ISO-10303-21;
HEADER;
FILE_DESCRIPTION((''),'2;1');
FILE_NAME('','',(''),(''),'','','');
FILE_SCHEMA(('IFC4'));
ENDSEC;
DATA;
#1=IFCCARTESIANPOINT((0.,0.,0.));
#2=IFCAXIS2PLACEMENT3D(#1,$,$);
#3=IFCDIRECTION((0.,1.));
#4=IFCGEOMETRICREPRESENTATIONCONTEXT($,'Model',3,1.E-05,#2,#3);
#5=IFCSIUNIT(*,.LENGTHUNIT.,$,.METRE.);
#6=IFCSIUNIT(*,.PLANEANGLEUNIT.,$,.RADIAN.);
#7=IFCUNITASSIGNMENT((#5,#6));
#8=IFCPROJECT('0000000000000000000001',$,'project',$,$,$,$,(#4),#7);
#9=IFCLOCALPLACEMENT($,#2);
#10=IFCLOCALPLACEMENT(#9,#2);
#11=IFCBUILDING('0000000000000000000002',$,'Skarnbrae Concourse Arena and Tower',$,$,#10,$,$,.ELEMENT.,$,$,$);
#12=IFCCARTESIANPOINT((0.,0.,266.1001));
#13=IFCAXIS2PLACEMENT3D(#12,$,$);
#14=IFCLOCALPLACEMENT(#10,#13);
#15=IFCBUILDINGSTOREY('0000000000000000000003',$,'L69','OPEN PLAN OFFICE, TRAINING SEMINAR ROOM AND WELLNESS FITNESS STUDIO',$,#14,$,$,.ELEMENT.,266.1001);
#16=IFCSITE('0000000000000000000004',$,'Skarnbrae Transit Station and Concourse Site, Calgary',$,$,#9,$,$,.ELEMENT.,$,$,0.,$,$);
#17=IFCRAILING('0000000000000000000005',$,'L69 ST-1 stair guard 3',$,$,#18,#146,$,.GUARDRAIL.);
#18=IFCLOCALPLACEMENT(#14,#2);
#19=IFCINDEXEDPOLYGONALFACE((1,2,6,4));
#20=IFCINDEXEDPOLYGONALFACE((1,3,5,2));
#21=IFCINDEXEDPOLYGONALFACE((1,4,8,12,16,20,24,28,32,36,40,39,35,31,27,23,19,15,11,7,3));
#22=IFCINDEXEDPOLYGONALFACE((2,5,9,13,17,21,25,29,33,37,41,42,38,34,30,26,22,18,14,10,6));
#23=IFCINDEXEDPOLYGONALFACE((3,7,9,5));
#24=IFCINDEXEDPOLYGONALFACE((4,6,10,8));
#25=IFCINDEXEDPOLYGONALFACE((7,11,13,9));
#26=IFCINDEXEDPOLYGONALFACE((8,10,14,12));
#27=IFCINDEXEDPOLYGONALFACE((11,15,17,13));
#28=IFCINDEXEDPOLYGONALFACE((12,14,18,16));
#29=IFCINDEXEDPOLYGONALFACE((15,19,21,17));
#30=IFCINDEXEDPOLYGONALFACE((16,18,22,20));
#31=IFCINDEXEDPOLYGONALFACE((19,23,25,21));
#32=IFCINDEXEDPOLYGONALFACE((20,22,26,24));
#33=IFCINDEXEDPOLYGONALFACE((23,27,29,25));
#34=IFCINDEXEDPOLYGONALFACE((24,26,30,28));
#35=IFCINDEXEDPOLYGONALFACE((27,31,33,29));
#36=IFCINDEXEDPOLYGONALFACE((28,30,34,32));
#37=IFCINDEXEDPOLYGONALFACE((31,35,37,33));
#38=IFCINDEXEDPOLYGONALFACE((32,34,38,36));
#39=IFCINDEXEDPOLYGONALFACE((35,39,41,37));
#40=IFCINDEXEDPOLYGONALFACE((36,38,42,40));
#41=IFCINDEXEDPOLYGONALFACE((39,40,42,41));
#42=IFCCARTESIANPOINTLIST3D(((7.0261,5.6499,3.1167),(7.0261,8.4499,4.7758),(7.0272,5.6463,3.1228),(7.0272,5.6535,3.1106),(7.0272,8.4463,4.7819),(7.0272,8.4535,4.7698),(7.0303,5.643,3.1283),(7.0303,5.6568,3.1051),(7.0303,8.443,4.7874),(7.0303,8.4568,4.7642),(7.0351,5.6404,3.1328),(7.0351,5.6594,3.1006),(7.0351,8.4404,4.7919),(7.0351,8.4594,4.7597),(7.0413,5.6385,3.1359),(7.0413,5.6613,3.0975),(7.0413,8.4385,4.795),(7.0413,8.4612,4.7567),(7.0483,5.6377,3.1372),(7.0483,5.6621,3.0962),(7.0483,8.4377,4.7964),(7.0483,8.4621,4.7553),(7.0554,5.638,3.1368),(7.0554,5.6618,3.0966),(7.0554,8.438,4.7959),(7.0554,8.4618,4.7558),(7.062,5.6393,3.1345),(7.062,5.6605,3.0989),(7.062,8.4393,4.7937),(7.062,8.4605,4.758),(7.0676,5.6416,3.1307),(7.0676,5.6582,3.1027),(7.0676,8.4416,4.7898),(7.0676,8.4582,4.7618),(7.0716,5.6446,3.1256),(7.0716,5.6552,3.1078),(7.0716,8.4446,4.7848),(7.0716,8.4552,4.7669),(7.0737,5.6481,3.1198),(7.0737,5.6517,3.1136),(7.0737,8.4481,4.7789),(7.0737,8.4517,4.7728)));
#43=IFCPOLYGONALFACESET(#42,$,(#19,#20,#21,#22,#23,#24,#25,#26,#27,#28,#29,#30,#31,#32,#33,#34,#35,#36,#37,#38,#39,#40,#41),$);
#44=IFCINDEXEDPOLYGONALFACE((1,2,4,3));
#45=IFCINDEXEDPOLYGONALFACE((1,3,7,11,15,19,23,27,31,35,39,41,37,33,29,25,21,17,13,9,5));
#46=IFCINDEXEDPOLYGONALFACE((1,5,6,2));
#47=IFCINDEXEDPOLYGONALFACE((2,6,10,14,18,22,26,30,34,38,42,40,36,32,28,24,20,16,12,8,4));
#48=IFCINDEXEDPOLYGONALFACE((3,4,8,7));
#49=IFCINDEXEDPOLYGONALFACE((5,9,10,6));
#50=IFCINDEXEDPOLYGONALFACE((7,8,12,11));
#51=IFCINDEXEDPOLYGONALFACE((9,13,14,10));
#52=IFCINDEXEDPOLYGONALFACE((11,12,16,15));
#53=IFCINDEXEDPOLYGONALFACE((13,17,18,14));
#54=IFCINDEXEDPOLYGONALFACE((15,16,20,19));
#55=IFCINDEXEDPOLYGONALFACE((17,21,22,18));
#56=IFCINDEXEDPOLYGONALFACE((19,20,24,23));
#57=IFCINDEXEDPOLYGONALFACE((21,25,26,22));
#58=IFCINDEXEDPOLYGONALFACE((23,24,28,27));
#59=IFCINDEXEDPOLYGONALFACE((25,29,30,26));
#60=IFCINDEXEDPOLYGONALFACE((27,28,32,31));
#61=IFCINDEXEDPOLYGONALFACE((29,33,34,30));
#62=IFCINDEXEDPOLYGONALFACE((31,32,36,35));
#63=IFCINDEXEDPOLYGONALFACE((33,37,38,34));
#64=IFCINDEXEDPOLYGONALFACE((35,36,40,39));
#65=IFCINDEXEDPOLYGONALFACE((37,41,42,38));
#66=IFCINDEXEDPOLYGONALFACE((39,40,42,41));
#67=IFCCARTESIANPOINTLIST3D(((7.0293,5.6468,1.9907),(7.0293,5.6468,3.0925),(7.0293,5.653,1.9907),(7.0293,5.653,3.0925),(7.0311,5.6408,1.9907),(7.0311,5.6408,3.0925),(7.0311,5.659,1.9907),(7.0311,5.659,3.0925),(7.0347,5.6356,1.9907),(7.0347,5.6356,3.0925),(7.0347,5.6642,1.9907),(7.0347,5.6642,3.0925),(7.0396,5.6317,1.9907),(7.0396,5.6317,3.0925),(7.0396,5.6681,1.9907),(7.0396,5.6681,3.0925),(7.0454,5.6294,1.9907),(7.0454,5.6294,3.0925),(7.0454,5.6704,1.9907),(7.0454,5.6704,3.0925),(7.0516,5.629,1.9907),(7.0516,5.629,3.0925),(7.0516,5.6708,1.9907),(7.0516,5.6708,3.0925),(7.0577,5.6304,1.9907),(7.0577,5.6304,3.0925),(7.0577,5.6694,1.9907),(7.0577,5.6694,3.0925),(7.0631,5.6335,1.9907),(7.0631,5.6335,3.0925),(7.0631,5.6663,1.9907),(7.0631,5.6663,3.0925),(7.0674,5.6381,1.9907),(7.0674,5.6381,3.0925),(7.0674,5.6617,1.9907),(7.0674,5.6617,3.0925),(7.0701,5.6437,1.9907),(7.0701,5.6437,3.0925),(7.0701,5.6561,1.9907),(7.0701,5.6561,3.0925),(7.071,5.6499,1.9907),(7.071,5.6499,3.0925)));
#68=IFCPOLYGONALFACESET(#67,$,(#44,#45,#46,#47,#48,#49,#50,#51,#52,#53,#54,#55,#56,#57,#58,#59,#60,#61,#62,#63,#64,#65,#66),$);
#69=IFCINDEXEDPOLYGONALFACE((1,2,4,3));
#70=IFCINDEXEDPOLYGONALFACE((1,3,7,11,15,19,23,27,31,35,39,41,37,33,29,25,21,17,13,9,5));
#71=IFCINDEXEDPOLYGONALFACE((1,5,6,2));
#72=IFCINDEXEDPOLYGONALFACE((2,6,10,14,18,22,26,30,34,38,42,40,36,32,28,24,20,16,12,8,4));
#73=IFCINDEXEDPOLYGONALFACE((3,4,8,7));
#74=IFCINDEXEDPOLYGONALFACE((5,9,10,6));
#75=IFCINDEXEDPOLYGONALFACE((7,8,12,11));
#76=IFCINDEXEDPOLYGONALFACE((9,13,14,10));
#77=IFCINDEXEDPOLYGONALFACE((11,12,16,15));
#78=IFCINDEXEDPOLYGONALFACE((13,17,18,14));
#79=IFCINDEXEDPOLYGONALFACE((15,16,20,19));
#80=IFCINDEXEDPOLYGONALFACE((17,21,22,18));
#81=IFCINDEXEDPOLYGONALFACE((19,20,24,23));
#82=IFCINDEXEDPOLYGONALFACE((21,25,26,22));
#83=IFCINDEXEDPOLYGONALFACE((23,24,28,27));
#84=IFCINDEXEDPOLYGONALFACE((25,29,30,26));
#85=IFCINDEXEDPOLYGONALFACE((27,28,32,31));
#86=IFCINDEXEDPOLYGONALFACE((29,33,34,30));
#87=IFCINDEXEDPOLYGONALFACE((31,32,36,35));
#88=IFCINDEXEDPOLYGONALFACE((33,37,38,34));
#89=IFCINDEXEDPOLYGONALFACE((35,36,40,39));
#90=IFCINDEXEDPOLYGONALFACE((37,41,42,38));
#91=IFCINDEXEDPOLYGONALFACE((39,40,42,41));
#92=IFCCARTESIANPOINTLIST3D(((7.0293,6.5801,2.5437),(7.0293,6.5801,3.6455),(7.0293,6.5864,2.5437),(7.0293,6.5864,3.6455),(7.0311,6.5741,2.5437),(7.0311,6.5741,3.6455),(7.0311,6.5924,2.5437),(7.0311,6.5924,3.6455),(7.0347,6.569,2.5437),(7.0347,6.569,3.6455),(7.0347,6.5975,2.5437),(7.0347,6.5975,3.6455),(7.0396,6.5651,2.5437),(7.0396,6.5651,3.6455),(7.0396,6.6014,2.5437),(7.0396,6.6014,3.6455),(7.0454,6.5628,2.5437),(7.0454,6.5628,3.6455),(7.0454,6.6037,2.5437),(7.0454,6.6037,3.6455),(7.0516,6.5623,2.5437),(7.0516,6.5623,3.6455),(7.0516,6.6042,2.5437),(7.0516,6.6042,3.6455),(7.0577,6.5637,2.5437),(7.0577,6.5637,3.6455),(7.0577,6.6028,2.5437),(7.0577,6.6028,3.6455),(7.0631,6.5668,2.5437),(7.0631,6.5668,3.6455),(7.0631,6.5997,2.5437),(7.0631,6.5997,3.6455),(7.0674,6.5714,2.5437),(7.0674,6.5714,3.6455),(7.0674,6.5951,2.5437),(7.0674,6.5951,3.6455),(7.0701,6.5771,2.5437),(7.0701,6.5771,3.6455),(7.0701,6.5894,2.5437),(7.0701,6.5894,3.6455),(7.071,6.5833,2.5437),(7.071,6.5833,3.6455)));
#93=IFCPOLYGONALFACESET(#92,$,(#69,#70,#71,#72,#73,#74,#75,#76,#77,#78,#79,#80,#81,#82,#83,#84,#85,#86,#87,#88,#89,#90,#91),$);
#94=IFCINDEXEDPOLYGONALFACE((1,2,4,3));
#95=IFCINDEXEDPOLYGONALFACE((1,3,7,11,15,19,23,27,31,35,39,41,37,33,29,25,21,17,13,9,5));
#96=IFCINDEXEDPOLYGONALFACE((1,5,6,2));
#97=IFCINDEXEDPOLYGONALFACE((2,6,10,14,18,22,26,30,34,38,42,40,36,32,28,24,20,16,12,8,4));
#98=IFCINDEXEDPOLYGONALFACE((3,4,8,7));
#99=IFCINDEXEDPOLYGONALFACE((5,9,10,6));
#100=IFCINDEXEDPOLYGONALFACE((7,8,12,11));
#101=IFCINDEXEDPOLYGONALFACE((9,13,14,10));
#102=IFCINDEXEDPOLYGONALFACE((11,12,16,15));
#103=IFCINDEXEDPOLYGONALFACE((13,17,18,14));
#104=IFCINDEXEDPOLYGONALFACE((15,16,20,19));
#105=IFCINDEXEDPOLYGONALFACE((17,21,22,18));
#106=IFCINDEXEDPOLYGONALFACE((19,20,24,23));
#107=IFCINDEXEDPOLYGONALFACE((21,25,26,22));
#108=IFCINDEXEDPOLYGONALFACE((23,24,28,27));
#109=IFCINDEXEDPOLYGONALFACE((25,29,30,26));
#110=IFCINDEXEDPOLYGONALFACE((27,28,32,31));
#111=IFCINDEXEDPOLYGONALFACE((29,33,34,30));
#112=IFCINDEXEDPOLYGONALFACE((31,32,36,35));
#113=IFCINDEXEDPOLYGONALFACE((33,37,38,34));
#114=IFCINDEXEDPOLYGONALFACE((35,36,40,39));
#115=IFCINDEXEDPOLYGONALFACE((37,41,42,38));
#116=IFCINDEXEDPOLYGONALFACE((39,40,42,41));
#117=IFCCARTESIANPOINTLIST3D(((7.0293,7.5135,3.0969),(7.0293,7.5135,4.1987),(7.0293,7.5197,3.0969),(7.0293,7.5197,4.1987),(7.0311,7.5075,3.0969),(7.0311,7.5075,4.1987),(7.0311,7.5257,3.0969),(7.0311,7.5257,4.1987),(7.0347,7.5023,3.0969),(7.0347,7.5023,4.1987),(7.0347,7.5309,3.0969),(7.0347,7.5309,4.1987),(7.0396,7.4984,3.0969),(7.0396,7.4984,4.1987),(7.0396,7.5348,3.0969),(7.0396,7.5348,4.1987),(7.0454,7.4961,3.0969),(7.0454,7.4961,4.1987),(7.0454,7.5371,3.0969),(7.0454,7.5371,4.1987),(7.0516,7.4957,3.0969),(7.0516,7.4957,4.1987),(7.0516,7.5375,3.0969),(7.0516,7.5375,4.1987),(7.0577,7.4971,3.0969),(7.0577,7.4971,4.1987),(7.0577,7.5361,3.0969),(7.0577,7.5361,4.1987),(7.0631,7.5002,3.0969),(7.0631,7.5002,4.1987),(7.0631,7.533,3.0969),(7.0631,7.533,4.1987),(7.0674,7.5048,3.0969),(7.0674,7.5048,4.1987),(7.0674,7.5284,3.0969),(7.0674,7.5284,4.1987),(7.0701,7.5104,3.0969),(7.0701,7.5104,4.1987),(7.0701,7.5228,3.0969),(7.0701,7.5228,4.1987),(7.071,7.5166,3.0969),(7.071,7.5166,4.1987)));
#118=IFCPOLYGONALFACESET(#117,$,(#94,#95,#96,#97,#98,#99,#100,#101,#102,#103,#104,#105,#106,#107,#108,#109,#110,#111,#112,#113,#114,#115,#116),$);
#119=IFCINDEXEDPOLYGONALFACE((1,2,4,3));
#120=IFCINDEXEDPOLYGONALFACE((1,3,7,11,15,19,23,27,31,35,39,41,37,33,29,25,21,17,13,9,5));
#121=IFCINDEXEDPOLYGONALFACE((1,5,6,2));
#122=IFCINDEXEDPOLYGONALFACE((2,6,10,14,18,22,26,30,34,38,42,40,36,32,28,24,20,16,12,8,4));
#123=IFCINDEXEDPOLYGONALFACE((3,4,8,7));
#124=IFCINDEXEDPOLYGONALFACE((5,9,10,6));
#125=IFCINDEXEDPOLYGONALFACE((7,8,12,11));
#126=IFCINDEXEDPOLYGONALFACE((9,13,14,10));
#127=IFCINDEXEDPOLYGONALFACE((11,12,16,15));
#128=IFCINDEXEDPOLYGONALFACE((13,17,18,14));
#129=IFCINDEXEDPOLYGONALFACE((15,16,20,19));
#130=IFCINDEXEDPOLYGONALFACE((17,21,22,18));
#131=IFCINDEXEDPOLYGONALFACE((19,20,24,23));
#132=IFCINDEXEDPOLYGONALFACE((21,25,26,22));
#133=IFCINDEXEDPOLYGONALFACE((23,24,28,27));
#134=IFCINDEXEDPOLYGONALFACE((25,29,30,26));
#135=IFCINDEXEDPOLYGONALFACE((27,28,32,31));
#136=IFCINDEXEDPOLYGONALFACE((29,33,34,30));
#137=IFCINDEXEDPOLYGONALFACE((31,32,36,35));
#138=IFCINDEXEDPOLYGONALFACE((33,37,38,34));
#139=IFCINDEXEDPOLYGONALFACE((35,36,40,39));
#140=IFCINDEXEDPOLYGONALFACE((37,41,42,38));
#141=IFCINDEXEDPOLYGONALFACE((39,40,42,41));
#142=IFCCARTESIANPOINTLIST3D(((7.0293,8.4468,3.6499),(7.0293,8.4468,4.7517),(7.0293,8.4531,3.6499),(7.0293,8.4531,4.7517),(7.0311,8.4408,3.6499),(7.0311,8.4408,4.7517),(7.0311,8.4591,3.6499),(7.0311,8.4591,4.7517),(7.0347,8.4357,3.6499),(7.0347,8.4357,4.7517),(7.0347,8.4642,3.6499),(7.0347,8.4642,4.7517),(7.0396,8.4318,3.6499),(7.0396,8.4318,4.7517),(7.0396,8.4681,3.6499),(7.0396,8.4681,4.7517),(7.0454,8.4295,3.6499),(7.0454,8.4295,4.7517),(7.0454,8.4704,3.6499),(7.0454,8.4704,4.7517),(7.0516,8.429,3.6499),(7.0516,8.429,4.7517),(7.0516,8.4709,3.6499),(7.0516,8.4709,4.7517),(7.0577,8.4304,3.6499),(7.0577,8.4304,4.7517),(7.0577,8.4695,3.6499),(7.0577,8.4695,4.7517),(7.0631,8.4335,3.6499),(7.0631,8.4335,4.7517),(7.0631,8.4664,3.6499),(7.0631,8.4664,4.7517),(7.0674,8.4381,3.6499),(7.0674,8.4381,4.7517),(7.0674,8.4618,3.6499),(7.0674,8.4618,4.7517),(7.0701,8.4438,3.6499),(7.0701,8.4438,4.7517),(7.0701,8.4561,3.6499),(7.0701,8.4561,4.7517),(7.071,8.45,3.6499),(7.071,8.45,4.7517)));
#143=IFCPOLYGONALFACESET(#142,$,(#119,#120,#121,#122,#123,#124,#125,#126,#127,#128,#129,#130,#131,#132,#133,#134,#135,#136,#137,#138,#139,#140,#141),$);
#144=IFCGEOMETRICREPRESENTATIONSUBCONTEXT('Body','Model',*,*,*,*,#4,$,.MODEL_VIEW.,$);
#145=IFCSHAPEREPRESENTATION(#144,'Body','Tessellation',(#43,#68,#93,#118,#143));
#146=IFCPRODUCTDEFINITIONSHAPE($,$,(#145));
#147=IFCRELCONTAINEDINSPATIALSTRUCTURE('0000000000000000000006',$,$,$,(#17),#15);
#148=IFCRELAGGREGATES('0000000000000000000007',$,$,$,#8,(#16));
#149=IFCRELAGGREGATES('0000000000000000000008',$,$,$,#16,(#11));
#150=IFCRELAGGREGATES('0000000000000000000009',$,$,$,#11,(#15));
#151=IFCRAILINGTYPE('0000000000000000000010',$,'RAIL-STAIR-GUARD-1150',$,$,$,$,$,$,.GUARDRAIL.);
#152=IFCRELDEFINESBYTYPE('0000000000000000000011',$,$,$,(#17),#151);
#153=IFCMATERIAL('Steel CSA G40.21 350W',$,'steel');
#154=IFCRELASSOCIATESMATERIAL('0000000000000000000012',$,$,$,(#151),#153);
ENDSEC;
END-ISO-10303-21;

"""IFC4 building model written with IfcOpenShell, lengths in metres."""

from ifc_helpers import new_model, si_unit, direction, frame, origin, origin_2d, place, context, subcontext, project, spatial, circle, extrude, material, type_object, element, save


model = new_model("IFC4")

# Units and contexts
model_context = context("Model", 3, precision=1e-05, world=origin(), true_north=direction((0.0, 1.0)))
body_context = subcontext(model_context, "Body", "Model", "MODEL_VIEW")
ifc_project = project(units=[si_unit("LENGTHUNIT", "METRE"), si_unit("PLANEANGLEUNIT", "RADIAN")], contexts=[model_context])

# Site, building, storey
site_placement = place(None, origin())
site = spatial("IfcSite", under=ifc_project, at=site_placement, Name="Skarnbrae Transit Station and Concourse Site, Calgary", CompositionType="ELEMENT", RefElevation=0.0)
building_placement = place(site_placement, origin())
building = spatial("IfcBuilding", under=site, at=building_placement, Name="Skarnbrae Concourse Arena and Tower", CompositionType="ELEMENT")
storey_placement = place(building_placement, frame((0.0, 0.0, 266.1001)))
storey = spatial("IfcBuildingStorey", under=building, at=storey_placement, Name="L69", Description="OPEN PLAN OFFICE, TRAINING SEMINAR ROOM AND WELLNESS FITNESS STUDIO", CompositionType="ELEMENT", Elevation=266.1001)

# Shared definitions
ifc_material_1 = material(Name="Steel CSA G40.21 350W", Category="steel")

# Railing
railing_type_1 = type_object("IfcRailingType", Name="RAIL-STAIR-GUARD-1150", PredefinedType="GUARDRAIL", material=ifc_material_1)
railing_1_placement = place(storey_placement, frame((7.05, 5.6499, 1.9907)))
element("IfcRailing", 1, at=railing_1_placement, inside=storey, type_object=railing_type_1, Name="L69 ST-1 stair guard 3", PredefinedType="GUARDRAIL", context=body_context, shape_type="SweptSolid", body=[
    extrude(circle(Radius=0.0239, at=origin_2d()), frame((0.0, 0.0, 1.126), z_axis=(0.0, 0.860306, 0.509778), x_axis=(-1.0, 0.0, 0.0)), (0.0, 0.0, 1.0), 3.2546),
    extrude(circle(Radius=0.021, at=origin_2d()), origin(), (0.0, 0.0, 1.0), 1.1018),
    extrude(circle(Radius=0.021, at=origin_2d()), frame((0.0, 0.9333, 0.553)), (0.0, 0.0, 1.0), 1.1018),
    extrude(circle(Radius=0.021, at=origin_2d()), frame((0.0, 1.8667, 1.1062)), (0.0, 0.0, 1.0), 1.1018),
    extrude(circle(Radius=0.021, at=origin_2d()), frame((0.0, 2.8, 1.6592)), (0.0, 0.0, 1.0), 1.1018),
])

save(model, "model.ifc")
